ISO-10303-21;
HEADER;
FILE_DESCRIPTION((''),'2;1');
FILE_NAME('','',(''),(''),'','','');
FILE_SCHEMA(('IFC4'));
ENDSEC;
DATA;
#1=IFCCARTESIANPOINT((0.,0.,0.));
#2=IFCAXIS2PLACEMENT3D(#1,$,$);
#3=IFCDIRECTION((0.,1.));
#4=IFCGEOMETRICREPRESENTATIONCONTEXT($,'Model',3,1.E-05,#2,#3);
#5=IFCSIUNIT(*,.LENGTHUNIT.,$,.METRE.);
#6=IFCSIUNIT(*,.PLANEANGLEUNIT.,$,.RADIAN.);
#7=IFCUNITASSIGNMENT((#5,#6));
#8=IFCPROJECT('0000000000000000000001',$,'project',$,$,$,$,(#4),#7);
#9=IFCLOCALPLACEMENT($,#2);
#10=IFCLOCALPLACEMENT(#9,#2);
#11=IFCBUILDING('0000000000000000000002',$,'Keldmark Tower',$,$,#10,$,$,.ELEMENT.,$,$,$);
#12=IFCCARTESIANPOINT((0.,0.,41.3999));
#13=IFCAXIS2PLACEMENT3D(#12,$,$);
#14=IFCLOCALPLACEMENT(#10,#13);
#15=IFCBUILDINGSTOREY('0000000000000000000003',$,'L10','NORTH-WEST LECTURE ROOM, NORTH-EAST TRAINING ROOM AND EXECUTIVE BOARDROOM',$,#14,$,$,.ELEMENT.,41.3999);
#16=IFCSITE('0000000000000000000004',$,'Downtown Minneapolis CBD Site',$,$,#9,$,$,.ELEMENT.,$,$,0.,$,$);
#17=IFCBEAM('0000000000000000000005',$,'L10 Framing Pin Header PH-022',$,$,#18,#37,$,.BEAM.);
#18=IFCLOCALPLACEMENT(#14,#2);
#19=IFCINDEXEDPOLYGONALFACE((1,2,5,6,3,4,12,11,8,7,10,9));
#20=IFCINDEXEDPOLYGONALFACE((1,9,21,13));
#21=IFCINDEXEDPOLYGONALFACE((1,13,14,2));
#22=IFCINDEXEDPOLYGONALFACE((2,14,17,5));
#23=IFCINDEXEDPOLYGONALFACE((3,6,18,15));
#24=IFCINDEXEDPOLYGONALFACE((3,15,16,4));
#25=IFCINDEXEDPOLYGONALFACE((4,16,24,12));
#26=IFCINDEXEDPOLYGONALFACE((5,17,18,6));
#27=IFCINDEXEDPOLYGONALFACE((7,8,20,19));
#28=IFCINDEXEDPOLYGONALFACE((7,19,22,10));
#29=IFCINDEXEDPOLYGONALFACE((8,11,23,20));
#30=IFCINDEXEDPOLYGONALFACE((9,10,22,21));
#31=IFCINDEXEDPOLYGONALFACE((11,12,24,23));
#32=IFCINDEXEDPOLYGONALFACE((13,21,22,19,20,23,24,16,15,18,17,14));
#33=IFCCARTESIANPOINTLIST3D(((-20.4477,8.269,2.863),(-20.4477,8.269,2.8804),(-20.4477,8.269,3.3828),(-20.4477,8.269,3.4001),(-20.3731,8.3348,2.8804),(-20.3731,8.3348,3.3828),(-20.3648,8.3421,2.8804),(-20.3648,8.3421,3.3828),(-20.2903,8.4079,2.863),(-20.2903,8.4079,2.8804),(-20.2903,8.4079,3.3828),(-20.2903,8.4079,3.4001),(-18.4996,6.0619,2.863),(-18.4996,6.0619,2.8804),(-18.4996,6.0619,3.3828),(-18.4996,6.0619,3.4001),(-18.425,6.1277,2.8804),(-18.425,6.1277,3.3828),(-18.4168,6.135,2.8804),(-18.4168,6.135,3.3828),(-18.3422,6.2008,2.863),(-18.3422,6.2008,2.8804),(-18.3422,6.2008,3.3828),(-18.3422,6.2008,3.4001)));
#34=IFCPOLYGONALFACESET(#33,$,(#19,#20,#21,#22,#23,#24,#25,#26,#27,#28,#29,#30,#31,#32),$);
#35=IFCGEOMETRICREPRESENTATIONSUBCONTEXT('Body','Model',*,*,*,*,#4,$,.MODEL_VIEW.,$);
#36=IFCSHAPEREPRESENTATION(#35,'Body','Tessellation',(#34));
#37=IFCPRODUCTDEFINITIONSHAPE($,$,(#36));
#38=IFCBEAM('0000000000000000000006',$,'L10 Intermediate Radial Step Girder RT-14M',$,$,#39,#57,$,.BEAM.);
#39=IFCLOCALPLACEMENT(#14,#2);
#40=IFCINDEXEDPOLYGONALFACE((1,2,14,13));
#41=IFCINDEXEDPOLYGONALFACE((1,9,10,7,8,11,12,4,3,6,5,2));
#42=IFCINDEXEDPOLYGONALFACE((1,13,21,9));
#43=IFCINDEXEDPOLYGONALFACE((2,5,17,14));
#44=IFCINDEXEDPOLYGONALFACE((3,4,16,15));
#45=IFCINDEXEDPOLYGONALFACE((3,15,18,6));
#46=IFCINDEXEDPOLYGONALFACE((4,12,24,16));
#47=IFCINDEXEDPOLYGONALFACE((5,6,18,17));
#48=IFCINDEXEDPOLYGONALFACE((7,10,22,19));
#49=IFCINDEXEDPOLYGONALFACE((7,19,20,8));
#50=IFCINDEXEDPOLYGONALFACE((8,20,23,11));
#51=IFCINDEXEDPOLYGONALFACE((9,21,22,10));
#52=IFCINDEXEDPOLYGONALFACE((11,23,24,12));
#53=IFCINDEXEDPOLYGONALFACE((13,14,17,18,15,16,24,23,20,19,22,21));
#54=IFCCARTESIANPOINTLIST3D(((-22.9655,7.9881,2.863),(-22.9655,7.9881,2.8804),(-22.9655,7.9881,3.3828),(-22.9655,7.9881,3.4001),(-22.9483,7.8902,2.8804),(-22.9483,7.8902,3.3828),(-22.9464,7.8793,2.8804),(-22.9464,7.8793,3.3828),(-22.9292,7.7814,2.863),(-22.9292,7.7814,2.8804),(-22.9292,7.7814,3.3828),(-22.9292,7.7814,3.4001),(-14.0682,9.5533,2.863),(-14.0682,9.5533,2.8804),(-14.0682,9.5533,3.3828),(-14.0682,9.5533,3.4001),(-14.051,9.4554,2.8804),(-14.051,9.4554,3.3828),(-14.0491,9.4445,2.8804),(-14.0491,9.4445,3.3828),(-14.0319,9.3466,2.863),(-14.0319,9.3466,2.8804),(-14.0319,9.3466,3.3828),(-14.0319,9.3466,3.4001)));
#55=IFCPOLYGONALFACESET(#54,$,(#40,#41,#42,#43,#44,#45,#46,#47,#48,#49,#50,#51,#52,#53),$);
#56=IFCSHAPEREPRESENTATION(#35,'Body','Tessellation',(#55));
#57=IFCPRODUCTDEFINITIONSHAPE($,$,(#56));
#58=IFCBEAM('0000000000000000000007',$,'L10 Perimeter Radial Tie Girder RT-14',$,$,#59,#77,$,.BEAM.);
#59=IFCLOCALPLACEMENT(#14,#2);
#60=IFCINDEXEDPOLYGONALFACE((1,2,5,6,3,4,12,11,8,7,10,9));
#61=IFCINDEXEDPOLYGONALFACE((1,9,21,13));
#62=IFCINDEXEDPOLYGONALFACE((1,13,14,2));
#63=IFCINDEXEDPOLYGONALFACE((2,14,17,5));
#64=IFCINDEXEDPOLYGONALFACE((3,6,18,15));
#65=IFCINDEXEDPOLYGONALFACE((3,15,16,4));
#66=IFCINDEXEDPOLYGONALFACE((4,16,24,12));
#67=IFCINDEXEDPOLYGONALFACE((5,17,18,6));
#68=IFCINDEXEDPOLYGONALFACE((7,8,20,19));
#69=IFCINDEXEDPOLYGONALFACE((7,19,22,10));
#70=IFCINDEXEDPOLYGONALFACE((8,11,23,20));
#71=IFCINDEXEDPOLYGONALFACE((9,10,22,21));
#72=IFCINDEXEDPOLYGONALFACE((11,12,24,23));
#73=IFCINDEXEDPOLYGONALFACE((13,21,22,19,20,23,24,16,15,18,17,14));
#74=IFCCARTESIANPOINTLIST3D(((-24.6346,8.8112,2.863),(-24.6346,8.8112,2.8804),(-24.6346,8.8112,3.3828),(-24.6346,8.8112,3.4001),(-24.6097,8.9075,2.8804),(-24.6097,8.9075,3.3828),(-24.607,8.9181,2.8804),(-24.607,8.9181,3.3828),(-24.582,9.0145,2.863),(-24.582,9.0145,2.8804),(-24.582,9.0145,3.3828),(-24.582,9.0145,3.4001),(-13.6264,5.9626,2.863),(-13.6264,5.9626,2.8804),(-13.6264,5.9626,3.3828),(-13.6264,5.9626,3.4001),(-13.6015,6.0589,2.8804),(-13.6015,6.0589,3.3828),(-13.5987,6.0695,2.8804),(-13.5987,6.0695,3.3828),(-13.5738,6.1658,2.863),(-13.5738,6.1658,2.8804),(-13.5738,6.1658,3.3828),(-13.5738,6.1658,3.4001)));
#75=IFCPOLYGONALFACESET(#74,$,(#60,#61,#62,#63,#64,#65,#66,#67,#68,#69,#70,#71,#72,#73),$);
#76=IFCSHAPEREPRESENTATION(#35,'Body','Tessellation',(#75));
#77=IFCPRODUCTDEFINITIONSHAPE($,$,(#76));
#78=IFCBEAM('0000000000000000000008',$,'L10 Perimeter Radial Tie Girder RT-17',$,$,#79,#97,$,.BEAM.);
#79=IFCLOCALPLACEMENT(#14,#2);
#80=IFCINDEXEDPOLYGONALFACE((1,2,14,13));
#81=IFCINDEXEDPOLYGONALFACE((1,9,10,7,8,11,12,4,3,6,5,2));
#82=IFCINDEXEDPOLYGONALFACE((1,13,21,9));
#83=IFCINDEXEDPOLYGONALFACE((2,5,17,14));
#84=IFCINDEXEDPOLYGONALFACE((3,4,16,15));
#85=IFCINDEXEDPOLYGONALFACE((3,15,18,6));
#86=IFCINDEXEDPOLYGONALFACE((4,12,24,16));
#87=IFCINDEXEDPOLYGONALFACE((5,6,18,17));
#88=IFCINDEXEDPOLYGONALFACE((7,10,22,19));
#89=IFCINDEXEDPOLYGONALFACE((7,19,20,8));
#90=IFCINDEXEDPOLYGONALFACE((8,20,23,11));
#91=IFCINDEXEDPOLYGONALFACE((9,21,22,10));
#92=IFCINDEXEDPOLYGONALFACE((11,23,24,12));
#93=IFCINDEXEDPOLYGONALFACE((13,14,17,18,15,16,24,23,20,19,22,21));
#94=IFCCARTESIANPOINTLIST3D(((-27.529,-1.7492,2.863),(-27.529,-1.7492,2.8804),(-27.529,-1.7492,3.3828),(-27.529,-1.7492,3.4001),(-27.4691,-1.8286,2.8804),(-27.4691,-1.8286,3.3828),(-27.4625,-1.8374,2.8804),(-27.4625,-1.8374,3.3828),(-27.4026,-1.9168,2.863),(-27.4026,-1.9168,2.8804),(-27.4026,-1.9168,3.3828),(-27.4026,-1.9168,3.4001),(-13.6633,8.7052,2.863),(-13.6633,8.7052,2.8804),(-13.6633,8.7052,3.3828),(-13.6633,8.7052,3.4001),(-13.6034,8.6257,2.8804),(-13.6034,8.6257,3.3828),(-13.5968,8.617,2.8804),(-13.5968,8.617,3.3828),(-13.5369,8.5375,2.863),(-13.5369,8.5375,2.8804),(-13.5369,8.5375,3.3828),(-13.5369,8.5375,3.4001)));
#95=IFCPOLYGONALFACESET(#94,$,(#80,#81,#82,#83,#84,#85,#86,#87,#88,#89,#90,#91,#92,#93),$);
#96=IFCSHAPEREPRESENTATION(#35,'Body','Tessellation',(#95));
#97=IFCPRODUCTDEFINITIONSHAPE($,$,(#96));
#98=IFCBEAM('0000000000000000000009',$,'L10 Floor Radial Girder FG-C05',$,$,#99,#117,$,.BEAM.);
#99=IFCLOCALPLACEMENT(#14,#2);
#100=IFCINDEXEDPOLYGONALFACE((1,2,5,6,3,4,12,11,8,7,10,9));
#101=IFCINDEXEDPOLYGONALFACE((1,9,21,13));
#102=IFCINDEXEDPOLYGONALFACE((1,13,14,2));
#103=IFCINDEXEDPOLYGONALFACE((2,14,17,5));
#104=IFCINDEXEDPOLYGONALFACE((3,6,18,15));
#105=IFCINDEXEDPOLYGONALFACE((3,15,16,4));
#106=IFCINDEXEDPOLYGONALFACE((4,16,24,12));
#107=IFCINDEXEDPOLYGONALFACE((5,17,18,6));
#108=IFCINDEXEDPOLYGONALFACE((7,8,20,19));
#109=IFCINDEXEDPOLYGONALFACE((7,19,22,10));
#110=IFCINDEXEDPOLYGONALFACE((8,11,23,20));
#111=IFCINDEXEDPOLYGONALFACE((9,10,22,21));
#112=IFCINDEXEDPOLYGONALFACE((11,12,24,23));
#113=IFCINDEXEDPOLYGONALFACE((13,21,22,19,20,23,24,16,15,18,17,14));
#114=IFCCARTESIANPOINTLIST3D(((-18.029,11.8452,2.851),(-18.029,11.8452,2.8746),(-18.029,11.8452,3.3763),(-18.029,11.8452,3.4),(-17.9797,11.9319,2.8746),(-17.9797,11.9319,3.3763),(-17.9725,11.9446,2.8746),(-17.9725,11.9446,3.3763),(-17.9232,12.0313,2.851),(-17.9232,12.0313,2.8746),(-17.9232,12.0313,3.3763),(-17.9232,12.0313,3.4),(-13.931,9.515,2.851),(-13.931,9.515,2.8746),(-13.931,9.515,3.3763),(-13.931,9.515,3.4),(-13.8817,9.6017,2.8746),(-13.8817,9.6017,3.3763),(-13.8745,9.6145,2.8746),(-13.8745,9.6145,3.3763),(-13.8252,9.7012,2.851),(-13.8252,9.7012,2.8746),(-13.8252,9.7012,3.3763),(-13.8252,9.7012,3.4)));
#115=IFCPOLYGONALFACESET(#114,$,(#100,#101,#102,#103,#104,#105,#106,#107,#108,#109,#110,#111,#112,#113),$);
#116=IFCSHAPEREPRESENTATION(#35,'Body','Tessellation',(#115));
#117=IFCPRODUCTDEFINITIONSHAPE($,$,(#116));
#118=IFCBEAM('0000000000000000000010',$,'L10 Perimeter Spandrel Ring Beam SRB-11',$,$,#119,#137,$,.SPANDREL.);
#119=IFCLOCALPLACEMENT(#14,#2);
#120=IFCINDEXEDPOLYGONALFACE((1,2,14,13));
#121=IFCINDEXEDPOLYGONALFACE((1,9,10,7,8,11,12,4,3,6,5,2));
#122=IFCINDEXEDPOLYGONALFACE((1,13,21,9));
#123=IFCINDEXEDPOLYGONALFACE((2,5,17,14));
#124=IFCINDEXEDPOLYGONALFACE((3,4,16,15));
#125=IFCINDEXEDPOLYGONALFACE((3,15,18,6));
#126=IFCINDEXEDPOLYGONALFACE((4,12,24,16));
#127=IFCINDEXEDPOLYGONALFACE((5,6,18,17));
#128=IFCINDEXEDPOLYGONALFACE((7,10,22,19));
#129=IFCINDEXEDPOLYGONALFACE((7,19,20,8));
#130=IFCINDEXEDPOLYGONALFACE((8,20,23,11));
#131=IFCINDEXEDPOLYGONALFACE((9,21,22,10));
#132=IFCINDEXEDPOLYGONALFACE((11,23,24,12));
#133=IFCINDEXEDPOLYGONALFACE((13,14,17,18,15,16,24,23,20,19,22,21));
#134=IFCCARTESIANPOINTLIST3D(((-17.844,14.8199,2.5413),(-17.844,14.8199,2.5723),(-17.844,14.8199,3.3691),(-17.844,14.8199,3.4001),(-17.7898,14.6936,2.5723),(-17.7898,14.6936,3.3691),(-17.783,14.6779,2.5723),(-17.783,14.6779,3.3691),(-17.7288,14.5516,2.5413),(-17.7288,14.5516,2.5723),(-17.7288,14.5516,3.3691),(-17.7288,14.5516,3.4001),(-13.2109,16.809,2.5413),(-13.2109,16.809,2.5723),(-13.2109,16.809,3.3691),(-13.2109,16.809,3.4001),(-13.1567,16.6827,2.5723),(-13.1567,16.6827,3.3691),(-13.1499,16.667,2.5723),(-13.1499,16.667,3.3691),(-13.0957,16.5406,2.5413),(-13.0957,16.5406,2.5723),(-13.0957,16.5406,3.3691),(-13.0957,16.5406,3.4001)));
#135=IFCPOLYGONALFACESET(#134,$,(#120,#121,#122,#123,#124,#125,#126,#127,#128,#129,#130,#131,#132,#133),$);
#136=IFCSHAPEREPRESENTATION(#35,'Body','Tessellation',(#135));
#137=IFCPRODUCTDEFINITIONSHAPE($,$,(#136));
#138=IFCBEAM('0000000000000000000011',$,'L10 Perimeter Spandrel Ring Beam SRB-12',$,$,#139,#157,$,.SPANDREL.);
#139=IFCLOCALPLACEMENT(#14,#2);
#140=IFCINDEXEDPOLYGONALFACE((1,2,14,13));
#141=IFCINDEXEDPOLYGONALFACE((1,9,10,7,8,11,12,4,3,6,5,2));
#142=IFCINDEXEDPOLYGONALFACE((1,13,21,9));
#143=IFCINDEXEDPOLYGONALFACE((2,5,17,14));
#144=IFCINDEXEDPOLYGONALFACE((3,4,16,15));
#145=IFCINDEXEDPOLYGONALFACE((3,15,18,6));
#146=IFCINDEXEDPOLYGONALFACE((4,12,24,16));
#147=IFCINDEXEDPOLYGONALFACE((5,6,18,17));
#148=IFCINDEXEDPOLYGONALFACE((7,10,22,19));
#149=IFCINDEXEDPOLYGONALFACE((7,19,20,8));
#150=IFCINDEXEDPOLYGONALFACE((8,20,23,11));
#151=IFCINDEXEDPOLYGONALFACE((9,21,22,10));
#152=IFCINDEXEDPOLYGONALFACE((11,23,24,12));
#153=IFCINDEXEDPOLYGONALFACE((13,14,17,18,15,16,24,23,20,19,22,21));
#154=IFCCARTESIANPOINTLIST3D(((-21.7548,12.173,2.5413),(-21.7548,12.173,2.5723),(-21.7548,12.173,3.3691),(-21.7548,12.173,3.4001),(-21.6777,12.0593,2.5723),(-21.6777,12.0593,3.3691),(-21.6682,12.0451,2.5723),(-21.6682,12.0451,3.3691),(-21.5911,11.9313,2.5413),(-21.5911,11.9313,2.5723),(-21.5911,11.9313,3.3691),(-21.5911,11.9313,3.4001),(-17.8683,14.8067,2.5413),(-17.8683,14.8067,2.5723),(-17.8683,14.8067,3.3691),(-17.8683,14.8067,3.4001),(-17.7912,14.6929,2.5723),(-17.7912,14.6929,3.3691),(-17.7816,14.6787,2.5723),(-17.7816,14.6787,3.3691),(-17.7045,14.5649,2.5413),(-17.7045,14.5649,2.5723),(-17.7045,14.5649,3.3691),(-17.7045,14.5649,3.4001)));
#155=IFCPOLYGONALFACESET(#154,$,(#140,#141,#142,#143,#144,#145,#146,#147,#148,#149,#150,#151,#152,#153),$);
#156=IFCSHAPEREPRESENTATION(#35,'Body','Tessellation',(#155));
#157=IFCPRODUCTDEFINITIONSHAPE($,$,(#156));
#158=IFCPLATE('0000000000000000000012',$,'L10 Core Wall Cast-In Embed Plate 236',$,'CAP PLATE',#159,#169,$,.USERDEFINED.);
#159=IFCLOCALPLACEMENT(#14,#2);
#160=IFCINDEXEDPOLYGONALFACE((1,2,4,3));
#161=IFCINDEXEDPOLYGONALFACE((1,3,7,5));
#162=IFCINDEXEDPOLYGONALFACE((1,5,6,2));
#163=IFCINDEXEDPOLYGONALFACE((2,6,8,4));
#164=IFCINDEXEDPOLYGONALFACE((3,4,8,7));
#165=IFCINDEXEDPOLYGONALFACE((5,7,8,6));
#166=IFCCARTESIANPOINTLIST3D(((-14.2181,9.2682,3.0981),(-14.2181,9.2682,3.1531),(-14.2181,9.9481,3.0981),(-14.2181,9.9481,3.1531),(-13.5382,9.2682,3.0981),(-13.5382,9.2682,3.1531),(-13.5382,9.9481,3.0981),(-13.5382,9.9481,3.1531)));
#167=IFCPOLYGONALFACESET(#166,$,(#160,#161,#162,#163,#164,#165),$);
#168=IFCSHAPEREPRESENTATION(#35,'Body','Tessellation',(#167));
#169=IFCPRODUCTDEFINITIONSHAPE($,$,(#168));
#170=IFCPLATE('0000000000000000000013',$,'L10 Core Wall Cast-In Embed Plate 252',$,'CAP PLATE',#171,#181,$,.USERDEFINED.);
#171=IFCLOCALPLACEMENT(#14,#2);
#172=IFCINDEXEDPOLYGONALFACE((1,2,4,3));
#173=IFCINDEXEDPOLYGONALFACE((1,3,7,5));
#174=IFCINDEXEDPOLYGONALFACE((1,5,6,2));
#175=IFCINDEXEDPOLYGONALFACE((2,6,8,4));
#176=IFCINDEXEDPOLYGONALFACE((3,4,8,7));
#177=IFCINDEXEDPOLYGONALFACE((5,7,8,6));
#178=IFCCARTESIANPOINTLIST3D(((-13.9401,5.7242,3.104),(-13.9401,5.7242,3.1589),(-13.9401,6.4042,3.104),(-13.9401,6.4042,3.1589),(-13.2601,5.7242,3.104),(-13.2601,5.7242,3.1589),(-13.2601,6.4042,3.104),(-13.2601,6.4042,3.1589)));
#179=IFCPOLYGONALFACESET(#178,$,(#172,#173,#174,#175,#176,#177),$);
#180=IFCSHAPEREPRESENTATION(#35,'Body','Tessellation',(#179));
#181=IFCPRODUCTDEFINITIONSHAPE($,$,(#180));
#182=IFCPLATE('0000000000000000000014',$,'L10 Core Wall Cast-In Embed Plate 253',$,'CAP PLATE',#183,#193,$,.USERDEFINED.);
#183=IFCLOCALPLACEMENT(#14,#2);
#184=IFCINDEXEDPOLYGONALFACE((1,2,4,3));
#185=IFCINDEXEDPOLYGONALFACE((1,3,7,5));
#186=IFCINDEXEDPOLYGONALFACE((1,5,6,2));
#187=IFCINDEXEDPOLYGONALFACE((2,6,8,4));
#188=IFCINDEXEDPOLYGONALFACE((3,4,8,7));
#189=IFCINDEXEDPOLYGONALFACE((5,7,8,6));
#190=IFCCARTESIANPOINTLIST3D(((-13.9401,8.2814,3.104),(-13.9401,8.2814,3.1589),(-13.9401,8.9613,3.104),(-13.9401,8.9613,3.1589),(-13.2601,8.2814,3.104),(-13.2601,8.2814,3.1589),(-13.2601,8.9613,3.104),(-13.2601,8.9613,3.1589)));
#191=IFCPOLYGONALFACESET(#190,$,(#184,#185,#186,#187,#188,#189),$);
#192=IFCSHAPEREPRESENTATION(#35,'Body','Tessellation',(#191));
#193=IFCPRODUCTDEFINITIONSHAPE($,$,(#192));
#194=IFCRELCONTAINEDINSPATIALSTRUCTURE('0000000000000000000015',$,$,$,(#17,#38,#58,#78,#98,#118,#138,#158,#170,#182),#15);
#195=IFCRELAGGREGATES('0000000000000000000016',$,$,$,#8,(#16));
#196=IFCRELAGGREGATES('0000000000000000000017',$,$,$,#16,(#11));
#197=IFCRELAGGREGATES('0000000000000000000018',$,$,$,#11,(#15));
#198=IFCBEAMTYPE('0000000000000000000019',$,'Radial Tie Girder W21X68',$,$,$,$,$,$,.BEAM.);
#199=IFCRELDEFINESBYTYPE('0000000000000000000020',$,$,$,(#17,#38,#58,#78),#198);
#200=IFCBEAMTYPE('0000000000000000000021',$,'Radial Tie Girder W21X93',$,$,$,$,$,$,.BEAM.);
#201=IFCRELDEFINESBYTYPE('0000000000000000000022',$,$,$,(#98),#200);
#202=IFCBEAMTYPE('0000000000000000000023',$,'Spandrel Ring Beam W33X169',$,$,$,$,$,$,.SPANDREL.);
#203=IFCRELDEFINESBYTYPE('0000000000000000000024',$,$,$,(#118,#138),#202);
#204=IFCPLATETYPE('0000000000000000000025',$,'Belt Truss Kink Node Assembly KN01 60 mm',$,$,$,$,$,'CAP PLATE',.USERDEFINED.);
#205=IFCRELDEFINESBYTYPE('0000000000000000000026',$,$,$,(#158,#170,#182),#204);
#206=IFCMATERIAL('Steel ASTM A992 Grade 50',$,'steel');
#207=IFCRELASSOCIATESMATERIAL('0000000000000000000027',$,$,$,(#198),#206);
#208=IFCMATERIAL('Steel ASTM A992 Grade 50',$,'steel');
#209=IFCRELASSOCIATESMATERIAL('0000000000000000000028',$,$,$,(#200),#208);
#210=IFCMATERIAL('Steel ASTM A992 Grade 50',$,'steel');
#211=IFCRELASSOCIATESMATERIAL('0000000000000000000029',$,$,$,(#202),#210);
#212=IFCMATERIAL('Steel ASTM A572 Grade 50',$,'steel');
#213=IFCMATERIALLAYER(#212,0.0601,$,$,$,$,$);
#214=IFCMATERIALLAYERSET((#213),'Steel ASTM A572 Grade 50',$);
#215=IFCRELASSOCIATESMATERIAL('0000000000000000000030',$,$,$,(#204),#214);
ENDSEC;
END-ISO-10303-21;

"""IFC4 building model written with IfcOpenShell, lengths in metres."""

from ifc_helpers import new_model, si_unit, direction, frame, origin, origin_2d, place, context, subcontext, project, spatial, rectangle, i_section, extrude, material, layer, layer_set, material_profile, profile_set, type_object, element, save


model = new_model("IFC4")

# Units and contexts
model_context = context("Model", 3, precision=1e-05, world=origin(), true_north=direction((0.0, 1.0)))
body_context = subcontext(model_context, "Body", "Model", "MODEL_VIEW")
ifc_project = project(units=[si_unit("LENGTHUNIT", "METRE"), si_unit("PLANEANGLEUNIT", "RADIAN")], contexts=[model_context])

# Site, building, storey
site_placement = place(None, origin())
site = spatial("IfcSite", under=ifc_project, at=site_placement, Name="Downtown Minneapolis CBD Site", CompositionType="ELEMENT", RefElevation=0.0)
building_placement = place(site_placement, origin())
building = spatial("IfcBuilding", under=site, at=building_placement, Name="Keldmark Tower", CompositionType="ELEMENT")
storey_placement = place(building_placement, frame((0.0, 0.0, 41.3999)))
storey = spatial("IfcBuildingStorey", under=building, at=storey_placement, Name="L10", Description="NORTH-WEST LECTURE ROOM, NORTH-EAST TRAINING ROOM AND EXECUTIVE BOARDROOM", CompositionType="ELEMENT", Elevation=41.3999)

# Beams
ifc_material_1 = material(Name="Steel ASTM A992 Grade 50", Category="steel")
ifc_material_profile_1 = material_profile(ifc_material_1, i_section(OverallWidth=0.21, OverallDepth=0.5371, WebThickness=0.011, FlangeThickness=0.0173, at=origin_2d()), Name="W21X68")
ifc_profile_set_1 = profile_set([ifc_material_profile_1], Name="Steel ASTM A992 Grade 50")
beam_type_1 = type_object("IfcBeamType", Name="Radial Tie Girder W21X68", PredefinedType="BEAM", material=ifc_profile_set_1)
beam_1_placement = place(storey_placement, frame((-18.4209, 6.1313, 3.1316), z_axis=(-0.66174, 0.749734, 0.0), x_axis=(-0.749734, -0.66174, 0.0)))
element("IfcBeam", 1, at=beam_1_placement, inside=storey, type_object=beam_type_1, Name="L10 Framing Pin Header PH-022", PredefinedType="BEAM", context=body_context, shape_type="SweptSolid", body=[
    extrude(i_section(OverallWidth=0.21, OverallDepth=0.5371, WebThickness=0.011, FlangeThickness=0.0173, at=origin_2d()), origin(), (0.0, 0.0, 1.0), 2.9438),
])
beam_2_placement = place(storey_placement, frame((-14.05, 9.45, 3.1316), z_axis=(-0.984876, -0.173258, 0.0), x_axis=(0.173258, -0.984876, 0.0)))
element("IfcBeam", 2, at=beam_2_placement, inside=storey, type_object=beam_type_1, Name="L10 Intermediate Radial Step Girder RT-14M", PredefinedType="BEAM", context=body_context, shape_type="SweptSolid", body=[
    extrude(i_section(OverallWidth=0.21, OverallDepth=0.5371, WebThickness=0.011, FlangeThickness=0.0173, at=origin_2d()), origin(), (0.0, 0.0, 1.0), 9.0339),
])
beam_3_placement = place(storey_placement, frame((-13.6001, 6.0642, 3.1316), z_axis=(-0.968112, 0.25052, 0.0), x_axis=(-0.25052, -0.968112, 0.0)))
element("IfcBeam", 3, at=beam_3_placement, inside=storey, type_object=beam_type_1, Name="L10 Perimeter Radial Tie Girder RT-14", PredefinedType="BEAM", context=body_context, shape_type="SweptSolid", body=[
    extrude(i_section(OverallWidth=0.21, OverallDepth=0.5371, WebThickness=0.011, FlangeThickness=0.0173, at=origin_2d()), origin(), (0.0, 0.0, 1.0), 11.3708),
])
beam_4_placement = place(storey_placement, frame((-13.6001, 8.6213, 3.1316), z_axis=(-0.798476, -0.602027, 0.0), x_axis=(0.602027, -0.798476, 0.0)))
element("IfcBeam", 4, at=beam_4_placement, inside=storey, type_object=beam_type_1, Name="L10 Perimeter Radial Tie Girder RT-17", PredefinedType="BEAM", context=body_context, shape_type="SweptSolid", body=[
    extrude(i_section(OverallWidth=0.21, OverallDepth=0.5371, WebThickness=0.011, FlangeThickness=0.0173, at=origin_2d()), origin(), (0.0, 0.0, 1.0), 17.3652),
])
ifc_material_2 = material(Name="Steel ASTM A992 Grade 50", Category="steel")
ifc_material_profile_2 = material_profile(ifc_material_2, i_section(OverallWidth=0.2141, OverallDepth=0.5491, WebThickness=0.0146, FlangeThickness=0.0237, at=origin_2d()), Name="W21X93")
ifc_profile_set_2 = profile_set([ifc_material_profile_2], Name="Steel ASTM A992 Grade 50")
beam_type_2 = type_object("IfcBeamType", Name="Radial Tie Girder W21X93", PredefinedType="BEAM", material=ifc_profile_set_2)
beam_5_placement = place(storey_placement, frame((-17.9761, 11.9382, 3.1255), z_axis=(0.869299, -0.494286, 0.0), x_axis=(0.494286, 0.869299, 0.0)))
element("IfcBeam", 5, at=beam_5_placement, inside=storey, type_object=beam_type_2, Name="L10 Floor Radial Girder FG-C05", PredefinedType="BEAM", context=body_context, shape_type="SweptSolid", body=[
    extrude(i_section(OverallWidth=0.2141, OverallDepth=0.5491, WebThickness=0.0146, FlangeThickness=0.0237, at=origin_2d()), origin(), (0.0, 0.0, 1.0), 4.7141),
])
ifc_material_3 = material(Name="Steel ASTM A992 Grade 50", Category="steel")
ifc_material_profile_3 = material_profile(ifc_material_3, i_section(OverallWidth=0.292, OverallDepth=0.8589, WebThickness=0.0171, FlangeThickness=0.031, at=origin_2d()), Name="W33X169")
ifc_profile_set_3 = profile_set([ifc_material_profile_3], Name="Steel ASTM A992 Grade 50")
beam_type_3 = type_object("IfcBeamType", Name="Spandrel Ring Beam W33X169", PredefinedType="SPANDREL", material=ifc_profile_set_3)
beam_6_placement = place(storey_placement, frame((-13.1533, 16.6748, 2.9707), z_axis=(-0.918899, -0.394492, 0.0), x_axis=(0.394492, -0.918899, 0.0)))
element("IfcBeam", 6, at=beam_6_placement, inside=storey, type_object=beam_type_3, Name="L10 Perimeter Spandrel Ring Beam SRB-11", PredefinedType="SPANDREL", context=body_context, shape_type="SweptSolid", body=[
    extrude(i_section(OverallWidth=0.292, OverallDepth=0.8589, WebThickness=0.0171, FlangeThickness=0.031, at=origin_2d()), origin(), (0.0, 0.0, 1.0), 5.042),
])
beam_7_placement = place(storey_placement, frame((-17.7864, 14.6858, 2.9707), z_axis=(-0.827842, -0.560961, 0.0), x_axis=(0.560961, -0.827842, 0.0)))
element("IfcBeam", 7, at=beam_7_placement, inside=storey, type_object=beam_type_3, Name="L10 Perimeter Spandrel Ring Beam SRB-12", PredefinedType="SPANDREL", context=body_context, shape_type="SweptSolid", body=[
    extrude(i_section(OverallWidth=0.292, OverallDepth=0.8589, WebThickness=0.0171, FlangeThickness=0.031, at=origin_2d()), origin(), (0.0, 0.0, 1.0), 4.6948),
])

# Plates
ifc_material_4 = material(Name="Steel ASTM A572 Grade 50", Category="steel")
ifc_layer_1 = layer(ifc_material_4, 0.0601)
ifc_layer_set_1 = layer_set([ifc_layer_1], Name="Steel ASTM A572 Grade 50")
plate_type_1 = type_object("IfcPlateType", Name="Belt Truss Kink Node Assembly KN01 60 mm", ElementType="CAP PLATE", PredefinedType="USERDEFINED", material=ifc_layer_set_1)
for number, where, z_axis, x_axis, name in (
    (8, (-13.8782, 9.6082, 3.0981), (0.0, 0.0, 1.0), (1.0, 0.0, 0.0), "L10 Core Wall Cast-In Embed Plate 236"),
    (9, (-13.6001, 6.0642, 3.104), (0.0, 0.0, 1.0), (1.0, 0.0, 0.0), "L10 Core Wall Cast-In Embed Plate 252"),
    (10, (-13.6001, 8.6213, 3.104), (0.0, 0.0, 1.0), (1.0, 0.0, 0.0), "L10 Core Wall Cast-In Embed Plate 253"),
):
    element("IfcPlate", number, at=place(storey_placement, frame(where, z_axis=z_axis, x_axis=x_axis)), inside=storey, type_object=plate_type_1, Name=name, ObjectType="CAP PLATE", PredefinedType="USERDEFINED", context=body_context, shape_type="SweptSolid", body=[
        extrude(rectangle(XDim=0.6799, YDim=0.6799, at=origin_2d()), origin(), (0.0, 0.0, 1.0), 0.0549),
    ])

save(model, "model.ifc")
